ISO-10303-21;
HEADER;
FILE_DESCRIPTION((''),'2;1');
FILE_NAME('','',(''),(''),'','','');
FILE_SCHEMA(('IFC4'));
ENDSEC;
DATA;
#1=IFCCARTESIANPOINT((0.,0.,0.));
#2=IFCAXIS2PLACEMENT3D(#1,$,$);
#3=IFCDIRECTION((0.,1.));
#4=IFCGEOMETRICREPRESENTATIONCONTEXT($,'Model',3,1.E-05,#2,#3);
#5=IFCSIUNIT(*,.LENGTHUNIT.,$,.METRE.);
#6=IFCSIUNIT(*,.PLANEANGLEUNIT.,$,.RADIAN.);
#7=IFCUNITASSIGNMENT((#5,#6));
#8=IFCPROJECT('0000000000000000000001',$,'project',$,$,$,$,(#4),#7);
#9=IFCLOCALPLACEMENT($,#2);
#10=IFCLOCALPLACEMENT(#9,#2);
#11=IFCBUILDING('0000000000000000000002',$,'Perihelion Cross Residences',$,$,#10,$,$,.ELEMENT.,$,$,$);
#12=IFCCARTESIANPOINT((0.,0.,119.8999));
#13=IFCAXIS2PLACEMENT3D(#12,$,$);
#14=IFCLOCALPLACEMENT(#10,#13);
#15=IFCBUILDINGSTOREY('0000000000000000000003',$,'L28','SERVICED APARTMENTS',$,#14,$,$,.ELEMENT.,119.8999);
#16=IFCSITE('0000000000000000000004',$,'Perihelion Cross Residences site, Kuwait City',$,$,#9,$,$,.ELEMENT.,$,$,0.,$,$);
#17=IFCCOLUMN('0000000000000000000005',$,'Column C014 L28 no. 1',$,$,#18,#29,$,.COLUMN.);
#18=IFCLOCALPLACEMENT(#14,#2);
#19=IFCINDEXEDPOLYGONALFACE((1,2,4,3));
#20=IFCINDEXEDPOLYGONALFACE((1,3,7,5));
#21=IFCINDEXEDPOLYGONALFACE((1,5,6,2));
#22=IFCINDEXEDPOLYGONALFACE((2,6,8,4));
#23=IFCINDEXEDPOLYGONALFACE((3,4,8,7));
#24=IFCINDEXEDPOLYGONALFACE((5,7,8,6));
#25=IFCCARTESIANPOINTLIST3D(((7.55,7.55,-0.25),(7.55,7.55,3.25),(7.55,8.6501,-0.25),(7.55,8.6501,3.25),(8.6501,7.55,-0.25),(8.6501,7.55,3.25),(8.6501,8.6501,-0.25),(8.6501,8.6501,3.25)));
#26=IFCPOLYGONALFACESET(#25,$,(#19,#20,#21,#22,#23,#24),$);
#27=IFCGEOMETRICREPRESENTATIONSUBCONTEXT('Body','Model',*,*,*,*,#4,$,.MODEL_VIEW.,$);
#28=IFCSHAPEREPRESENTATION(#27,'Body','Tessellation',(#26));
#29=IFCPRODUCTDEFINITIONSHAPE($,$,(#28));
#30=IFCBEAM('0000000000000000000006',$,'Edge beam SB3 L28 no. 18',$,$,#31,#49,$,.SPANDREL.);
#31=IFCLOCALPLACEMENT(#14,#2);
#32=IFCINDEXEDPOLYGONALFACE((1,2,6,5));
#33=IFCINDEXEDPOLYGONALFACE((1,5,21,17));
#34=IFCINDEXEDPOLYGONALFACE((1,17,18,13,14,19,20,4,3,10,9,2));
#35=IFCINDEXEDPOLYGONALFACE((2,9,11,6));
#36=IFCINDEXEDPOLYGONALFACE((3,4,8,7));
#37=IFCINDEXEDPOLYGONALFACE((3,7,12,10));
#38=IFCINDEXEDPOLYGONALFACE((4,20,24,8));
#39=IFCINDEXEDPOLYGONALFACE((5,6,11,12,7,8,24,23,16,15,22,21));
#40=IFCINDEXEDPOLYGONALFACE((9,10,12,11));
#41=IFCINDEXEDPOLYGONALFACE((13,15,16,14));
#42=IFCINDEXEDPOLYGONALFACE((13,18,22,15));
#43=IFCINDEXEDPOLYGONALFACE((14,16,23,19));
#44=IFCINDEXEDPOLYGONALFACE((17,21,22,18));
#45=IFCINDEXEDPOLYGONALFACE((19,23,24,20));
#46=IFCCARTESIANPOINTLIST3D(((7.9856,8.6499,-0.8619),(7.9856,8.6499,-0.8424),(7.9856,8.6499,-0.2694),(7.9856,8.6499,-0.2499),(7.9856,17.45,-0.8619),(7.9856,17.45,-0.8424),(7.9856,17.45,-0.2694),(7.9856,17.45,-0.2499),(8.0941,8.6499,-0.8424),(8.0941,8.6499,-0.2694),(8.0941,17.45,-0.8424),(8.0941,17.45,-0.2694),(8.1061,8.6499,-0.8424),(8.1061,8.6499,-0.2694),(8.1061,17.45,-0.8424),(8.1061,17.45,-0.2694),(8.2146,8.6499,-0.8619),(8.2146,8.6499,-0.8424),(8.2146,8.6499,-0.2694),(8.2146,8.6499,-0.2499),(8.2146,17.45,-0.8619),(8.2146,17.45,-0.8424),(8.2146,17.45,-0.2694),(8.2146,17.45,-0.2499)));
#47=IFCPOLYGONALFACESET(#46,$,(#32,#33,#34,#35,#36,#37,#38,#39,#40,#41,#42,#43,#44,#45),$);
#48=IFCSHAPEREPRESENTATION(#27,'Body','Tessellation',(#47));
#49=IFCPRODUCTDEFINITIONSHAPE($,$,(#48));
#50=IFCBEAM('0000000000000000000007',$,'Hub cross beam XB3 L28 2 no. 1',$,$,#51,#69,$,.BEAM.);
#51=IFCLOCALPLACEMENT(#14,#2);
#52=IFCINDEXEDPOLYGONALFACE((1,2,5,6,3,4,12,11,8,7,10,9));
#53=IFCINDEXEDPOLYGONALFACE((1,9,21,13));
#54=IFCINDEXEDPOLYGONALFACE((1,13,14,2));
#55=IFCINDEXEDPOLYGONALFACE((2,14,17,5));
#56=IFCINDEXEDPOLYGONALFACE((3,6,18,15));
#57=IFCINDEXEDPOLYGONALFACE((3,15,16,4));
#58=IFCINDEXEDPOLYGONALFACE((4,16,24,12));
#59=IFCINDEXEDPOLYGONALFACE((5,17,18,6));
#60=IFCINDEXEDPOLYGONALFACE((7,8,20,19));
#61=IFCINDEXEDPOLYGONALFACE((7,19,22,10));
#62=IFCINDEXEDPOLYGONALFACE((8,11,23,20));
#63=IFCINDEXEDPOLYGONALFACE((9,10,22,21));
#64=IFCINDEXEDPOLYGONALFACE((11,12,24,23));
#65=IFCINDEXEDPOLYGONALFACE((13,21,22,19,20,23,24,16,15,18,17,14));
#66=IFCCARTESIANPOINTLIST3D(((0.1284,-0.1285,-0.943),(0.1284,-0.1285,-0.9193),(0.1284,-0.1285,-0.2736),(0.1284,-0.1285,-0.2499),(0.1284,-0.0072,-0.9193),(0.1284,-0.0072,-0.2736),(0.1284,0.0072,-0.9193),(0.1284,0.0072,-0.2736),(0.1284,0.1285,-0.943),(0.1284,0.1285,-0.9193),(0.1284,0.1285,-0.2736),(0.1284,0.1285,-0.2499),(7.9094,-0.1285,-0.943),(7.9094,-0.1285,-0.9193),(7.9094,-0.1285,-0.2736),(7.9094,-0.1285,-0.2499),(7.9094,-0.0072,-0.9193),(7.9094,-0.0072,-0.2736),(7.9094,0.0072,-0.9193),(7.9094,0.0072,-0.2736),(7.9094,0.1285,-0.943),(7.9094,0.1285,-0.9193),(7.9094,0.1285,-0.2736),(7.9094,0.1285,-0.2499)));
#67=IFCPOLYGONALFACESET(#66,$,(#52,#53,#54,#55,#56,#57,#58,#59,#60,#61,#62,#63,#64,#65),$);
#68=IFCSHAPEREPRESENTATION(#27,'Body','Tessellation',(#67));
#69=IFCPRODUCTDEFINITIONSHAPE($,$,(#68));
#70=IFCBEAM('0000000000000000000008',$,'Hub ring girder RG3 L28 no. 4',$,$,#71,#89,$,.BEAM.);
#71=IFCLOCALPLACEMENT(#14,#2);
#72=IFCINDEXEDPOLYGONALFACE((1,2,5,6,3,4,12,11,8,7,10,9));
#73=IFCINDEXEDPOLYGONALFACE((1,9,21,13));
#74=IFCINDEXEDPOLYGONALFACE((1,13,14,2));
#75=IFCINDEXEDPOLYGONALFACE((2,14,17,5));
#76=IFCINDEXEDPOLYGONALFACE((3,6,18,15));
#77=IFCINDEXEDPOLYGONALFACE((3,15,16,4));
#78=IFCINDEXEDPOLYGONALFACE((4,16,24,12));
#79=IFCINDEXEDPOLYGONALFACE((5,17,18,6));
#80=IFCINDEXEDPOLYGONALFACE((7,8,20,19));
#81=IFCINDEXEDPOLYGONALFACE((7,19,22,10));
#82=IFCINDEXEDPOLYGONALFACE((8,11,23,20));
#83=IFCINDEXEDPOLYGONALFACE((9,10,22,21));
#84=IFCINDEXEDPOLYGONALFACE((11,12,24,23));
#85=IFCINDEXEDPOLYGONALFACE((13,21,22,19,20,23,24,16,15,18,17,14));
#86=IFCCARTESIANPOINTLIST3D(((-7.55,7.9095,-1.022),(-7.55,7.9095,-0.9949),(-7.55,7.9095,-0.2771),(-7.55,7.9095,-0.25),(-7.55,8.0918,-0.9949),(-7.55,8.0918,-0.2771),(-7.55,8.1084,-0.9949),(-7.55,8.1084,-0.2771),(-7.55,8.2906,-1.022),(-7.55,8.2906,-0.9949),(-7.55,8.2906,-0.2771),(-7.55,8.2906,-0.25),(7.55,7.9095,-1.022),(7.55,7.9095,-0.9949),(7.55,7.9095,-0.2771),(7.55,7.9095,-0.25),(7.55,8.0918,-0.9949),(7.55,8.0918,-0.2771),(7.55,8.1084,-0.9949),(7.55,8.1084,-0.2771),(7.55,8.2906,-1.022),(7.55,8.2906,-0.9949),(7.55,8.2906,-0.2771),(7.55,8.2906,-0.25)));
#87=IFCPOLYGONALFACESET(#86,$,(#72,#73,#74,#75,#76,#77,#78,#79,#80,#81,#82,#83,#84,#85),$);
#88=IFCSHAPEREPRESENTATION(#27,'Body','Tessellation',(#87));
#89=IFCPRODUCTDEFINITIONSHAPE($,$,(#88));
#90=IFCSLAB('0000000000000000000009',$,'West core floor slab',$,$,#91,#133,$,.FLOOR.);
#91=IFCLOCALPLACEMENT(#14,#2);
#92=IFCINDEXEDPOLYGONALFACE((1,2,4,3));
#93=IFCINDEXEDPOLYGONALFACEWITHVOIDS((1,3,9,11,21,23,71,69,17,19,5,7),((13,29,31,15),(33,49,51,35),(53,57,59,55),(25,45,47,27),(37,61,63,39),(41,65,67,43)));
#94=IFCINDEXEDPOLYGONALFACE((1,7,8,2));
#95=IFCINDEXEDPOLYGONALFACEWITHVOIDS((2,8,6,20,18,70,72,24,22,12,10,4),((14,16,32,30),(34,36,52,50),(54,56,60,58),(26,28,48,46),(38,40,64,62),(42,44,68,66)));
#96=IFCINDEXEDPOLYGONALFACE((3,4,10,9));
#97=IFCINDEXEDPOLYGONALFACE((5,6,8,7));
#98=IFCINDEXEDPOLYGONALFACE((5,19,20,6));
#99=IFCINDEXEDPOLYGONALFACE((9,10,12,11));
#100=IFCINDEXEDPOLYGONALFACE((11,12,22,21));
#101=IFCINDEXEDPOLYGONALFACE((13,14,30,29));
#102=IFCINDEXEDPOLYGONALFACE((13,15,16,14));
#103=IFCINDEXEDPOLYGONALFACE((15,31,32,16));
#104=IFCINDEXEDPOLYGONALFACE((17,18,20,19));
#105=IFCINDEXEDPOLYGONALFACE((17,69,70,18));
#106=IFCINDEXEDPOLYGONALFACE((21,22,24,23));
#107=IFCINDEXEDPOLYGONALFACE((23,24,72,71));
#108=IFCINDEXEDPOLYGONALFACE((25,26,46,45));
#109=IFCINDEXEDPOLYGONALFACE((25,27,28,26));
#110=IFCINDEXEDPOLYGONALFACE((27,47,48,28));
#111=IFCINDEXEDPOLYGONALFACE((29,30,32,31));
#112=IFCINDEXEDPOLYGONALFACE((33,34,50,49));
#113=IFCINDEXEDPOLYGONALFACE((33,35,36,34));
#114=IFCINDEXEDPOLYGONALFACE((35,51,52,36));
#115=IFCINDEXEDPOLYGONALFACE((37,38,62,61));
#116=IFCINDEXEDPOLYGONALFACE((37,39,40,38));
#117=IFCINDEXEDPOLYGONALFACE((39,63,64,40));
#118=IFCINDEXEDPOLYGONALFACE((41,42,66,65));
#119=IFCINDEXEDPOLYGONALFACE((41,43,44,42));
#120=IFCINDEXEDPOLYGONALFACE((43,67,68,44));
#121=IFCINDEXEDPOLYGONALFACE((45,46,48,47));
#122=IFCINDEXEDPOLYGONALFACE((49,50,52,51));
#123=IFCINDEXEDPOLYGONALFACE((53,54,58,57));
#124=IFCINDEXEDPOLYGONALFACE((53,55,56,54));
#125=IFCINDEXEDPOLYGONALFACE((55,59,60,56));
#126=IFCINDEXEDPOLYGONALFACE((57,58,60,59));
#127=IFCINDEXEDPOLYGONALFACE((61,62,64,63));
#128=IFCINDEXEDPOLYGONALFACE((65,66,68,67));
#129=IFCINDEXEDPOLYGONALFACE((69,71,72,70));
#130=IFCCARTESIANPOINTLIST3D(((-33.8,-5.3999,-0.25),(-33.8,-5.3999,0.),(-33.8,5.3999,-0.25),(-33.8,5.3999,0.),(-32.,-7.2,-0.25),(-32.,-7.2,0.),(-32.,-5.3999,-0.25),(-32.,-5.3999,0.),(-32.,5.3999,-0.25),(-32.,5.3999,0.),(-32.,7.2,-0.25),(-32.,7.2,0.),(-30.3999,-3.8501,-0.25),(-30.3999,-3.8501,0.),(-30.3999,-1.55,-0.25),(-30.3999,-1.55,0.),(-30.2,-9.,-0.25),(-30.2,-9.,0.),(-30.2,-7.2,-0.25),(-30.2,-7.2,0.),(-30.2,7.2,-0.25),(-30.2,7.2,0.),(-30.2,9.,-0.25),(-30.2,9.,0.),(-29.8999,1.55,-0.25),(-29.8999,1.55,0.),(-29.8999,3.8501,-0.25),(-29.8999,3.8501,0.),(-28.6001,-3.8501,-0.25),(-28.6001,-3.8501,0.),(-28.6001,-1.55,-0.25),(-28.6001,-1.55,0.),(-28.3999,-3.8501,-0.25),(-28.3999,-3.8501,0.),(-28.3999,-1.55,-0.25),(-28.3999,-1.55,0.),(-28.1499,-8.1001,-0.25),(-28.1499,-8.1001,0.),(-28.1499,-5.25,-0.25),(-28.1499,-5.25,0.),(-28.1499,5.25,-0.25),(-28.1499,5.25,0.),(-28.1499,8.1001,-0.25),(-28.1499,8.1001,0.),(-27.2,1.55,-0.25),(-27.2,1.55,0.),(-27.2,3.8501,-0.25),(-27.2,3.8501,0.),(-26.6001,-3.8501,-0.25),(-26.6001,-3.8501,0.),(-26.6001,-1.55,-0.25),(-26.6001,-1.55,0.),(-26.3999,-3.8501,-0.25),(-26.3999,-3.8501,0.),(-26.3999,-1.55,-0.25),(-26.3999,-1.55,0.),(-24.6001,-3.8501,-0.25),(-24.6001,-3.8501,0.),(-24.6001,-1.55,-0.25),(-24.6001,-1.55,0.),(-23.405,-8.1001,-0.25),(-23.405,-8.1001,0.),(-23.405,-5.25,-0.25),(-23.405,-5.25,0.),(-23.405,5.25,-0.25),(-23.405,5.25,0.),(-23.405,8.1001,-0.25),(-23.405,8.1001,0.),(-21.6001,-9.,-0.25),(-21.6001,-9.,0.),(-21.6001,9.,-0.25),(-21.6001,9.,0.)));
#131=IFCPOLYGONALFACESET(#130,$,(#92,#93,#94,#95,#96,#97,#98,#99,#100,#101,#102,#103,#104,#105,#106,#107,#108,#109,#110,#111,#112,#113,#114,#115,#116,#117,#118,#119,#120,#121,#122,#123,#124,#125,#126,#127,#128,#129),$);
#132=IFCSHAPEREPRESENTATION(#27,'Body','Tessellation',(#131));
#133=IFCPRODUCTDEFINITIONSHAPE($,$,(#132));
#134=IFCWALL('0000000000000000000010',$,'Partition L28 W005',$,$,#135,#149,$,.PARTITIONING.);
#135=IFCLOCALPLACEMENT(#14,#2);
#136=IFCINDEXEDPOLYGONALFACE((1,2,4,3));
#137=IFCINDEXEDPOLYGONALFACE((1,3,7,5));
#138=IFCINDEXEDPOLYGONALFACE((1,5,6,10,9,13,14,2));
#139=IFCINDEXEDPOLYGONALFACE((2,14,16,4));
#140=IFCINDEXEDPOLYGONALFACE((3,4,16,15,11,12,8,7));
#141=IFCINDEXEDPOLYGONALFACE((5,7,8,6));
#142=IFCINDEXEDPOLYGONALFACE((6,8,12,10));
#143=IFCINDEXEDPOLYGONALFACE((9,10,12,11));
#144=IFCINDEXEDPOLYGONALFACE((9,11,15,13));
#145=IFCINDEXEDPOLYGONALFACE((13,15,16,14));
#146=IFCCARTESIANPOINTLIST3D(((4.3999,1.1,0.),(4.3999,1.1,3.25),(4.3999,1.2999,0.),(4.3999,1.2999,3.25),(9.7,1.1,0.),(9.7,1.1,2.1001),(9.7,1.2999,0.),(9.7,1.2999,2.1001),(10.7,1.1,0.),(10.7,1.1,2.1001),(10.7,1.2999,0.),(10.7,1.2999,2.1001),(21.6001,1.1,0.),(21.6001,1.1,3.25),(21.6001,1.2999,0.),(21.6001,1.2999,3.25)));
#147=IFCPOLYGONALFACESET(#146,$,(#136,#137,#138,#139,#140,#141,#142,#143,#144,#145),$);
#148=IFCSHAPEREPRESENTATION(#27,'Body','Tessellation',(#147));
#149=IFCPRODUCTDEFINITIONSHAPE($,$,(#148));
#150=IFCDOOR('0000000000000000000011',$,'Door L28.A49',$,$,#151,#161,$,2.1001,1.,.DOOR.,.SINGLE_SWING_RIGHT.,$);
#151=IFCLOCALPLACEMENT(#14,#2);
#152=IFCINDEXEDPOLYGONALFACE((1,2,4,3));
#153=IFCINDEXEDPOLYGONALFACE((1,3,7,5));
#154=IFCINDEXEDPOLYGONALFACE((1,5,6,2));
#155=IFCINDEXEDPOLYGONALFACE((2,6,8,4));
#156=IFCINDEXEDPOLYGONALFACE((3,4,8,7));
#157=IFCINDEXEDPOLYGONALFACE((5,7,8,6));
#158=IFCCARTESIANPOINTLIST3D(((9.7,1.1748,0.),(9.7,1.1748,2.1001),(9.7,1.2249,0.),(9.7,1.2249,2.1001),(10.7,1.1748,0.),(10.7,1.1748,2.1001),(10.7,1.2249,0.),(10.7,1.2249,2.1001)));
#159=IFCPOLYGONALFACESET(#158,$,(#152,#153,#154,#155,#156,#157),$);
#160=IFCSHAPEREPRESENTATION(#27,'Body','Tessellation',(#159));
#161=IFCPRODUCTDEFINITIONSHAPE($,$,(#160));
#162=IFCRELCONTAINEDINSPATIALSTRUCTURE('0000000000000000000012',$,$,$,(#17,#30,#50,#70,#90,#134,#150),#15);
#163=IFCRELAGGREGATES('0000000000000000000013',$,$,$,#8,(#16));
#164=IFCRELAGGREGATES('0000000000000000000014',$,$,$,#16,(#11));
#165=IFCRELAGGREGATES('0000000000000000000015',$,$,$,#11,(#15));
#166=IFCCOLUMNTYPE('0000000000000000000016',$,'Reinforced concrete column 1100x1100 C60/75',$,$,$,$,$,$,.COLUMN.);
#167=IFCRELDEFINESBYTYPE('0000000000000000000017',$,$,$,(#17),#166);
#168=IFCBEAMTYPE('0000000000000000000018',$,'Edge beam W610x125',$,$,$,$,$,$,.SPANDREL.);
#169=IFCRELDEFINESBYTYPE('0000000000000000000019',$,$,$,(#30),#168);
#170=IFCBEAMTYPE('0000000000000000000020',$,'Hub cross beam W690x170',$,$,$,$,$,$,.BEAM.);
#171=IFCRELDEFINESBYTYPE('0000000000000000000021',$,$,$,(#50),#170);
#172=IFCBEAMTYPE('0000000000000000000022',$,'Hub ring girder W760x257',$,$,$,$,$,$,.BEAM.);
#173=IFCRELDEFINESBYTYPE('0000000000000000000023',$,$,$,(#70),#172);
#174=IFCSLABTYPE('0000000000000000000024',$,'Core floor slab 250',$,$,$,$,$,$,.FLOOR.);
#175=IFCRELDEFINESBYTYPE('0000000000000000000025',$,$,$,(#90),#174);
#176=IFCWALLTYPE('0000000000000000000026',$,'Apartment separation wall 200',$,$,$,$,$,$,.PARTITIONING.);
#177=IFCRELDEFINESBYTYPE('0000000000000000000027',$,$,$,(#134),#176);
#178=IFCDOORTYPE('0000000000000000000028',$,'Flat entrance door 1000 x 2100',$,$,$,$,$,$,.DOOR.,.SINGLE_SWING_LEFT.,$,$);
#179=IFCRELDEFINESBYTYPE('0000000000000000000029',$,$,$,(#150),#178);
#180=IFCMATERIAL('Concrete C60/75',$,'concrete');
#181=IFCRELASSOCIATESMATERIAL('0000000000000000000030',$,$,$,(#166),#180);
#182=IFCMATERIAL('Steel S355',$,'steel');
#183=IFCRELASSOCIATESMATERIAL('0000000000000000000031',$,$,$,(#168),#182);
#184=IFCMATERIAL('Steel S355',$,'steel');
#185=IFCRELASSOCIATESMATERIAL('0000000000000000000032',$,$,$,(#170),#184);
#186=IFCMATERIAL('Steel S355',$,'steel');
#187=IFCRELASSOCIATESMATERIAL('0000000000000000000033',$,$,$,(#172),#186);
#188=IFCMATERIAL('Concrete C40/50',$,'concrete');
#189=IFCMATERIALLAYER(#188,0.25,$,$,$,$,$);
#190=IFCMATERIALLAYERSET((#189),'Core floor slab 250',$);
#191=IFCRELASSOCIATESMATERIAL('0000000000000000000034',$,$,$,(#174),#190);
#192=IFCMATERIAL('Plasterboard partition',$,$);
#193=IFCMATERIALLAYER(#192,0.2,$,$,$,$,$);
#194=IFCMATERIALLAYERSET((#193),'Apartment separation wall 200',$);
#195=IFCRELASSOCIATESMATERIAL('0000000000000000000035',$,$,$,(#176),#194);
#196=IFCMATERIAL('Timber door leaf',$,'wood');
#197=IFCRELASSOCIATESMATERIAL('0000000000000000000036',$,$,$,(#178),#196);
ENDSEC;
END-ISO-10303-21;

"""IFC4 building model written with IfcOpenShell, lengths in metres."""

from ifc_helpers import new_model, si_unit, direction, frame, frame_2d, origin, origin_2d, place, context, subcontext, project, spatial, polyline, rectangle, i_section, outline, extrude, material, layer, layer_set, material_profile, profile_set, type_object, element, fill, save


model = new_model("IFC4")

# Units and contexts
model_context = context("Model", 3, precision=1e-05, world=origin(), true_north=direction((0.0, 1.0)))
body_context = subcontext(model_context, "Body", "Model", "MODEL_VIEW")
ifc_project = project(units=[si_unit("LENGTHUNIT", "METRE"), si_unit("PLANEANGLEUNIT", "RADIAN")], contexts=[model_context])

# Site, building, storey
site_placement = place(None, origin())
site = spatial("IfcSite", under=ifc_project, at=site_placement, Name="Perihelion Cross Residences site, Kuwait City", CompositionType="ELEMENT", RefElevation=0.0)
building_placement = place(site_placement, origin())
building = spatial("IfcBuilding", under=site, at=building_placement, Name="Perihelion Cross Residences", CompositionType="ELEMENT")
storey_placement = place(building_placement, frame((0.0, 0.0, 119.8999)))
storey = spatial("IfcBuildingStorey", under=building, at=storey_placement, Name="L28", Description="SERVICED APARTMENTS", CompositionType="ELEMENT", Elevation=119.8999)

# Column
ifc_material_1 = material(Name="Concrete C60/75", Category="concrete")
ifc_material_profile_1 = material_profile(ifc_material_1, rectangle(XDim=1.1001, YDim=1.1001, at=origin_2d()), Name="RC 1100x1100")
ifc_profile_set_1 = profile_set([ifc_material_profile_1], Name="Concrete C60/75")
column_type = type_object("IfcColumnType", Name="Reinforced concrete column 1100x1100 C60/75", PredefinedType="COLUMN", material=ifc_profile_set_1)
column_placement = place(storey_placement, frame((8.1001, 8.1001, -0.25), z_axis=(0.0, 0.0, 1.0), x_axis=(1.0, 0.0, 0.0)))
element("IfcColumn", 1, at=column_placement, inside=storey, type_object=column_type, Name="Column C014 L28 no. 1", PredefinedType="COLUMN", context=body_context, shape_type="SweptSolid", body=[
    extrude(rectangle(XDim=1.1001, YDim=1.1001, at=origin_2d()), origin(), (0.0, 0.0, 1.0), 3.5),
])

# Beams
ifc_material_2 = material(Name="Steel S355", Category="steel")
ifc_material_profile_2 = material_profile(ifc_material_2, i_section(OverallWidth=0.229, OverallDepth=0.6121, WebThickness=0.012, FlangeThickness=0.0195, at=origin_2d()), Name="W610x125")
ifc_profile_set_2 = profile_set([ifc_material_profile_2], Name="Steel S355")
beam_type_1 = type_object("IfcBeamType", Name="Edge beam W610x125", PredefinedType="SPANDREL", material=ifc_profile_set_2)
beam_1_placement = place(storey_placement, frame((8.1001, 8.6499, -0.5559), z_axis=(0.0, 1.0, 0.0), x_axis=(-1.0, 0.0, 0.0)))
element("IfcBeam", 2, at=beam_1_placement, inside=storey, type_object=beam_type_1, Name="Edge beam SB3 L28 no. 18", PredefinedType="SPANDREL", context=body_context, shape_type="SweptSolid", body=[
    extrude(i_section(OverallWidth=0.229, OverallDepth=0.6121, WebThickness=0.012, FlangeThickness=0.0195, at=origin_2d()), origin(), (0.0, 0.0, 1.0), 8.8),
])
ifc_material_3 = material(Name="Steel S355", Category="steel")
ifc_material_profile_3 = material_profile(ifc_material_3, i_section(OverallWidth=0.2571, OverallDepth=0.6931, WebThickness=0.0144, FlangeThickness=0.0237, at=origin_2d()), Name="W690x170")
ifc_profile_set_3 = profile_set([ifc_material_profile_3], Name="Steel S355")
beam_type_2 = type_object("IfcBeamType", Name="Hub cross beam W690x170", PredefinedType="BEAM", material=ifc_profile_set_3)
beam_2_placement = place(storey_placement, frame((0.1284, 0.0, -0.5964), z_axis=(1.0, 0.0, 0.0), x_axis=(0.0, 1.0, 0.0)))
element("IfcBeam", 3, at=beam_2_placement, inside=storey, type_object=beam_type_2, Name="Hub cross beam XB3 L28 2 no. 1", PredefinedType="BEAM", context=body_context, shape_type="SweptSolid", body=[
    extrude(i_section(OverallWidth=0.2571, OverallDepth=0.6931, WebThickness=0.0144, FlangeThickness=0.0237, at=origin_2d()), origin(), (0.0, 0.0, 1.0), 7.781),
])
ifc_material_4 = material(Name="Steel S355", Category="steel")
ifc_material_profile_4 = material_profile(ifc_material_4, i_section(OverallWidth=0.3811, OverallDepth=0.772, WebThickness=0.0166, FlangeThickness=0.0271, at=origin_2d()), Name="W760x257")
ifc_profile_set_4 = profile_set([ifc_material_profile_4], Name="Steel S355")
beam_type_3 = type_object("IfcBeamType", Name="Hub ring girder W760x257", PredefinedType="BEAM", material=ifc_profile_set_4)
beam_3_placement = place(storey_placement, frame((7.55, 8.1001, -0.636), z_axis=(-1.0, 0.0, 0.0), x_axis=(0.0, -1.0, 0.0)))
element("IfcBeam", 4, at=beam_3_placement, inside=storey, type_object=beam_type_3, Name="Hub ring girder RG3 L28 no. 4", PredefinedType="BEAM", context=body_context, shape_type="SweptSolid", body=[
    extrude(i_section(OverallWidth=0.3811, OverallDepth=0.772, WebThickness=0.0166, FlangeThickness=0.0271, at=origin_2d()), origin(), (0.0, 0.0, 1.0), 15.1001),
])

# Slab
ifc_material_5 = material(Name="Concrete C40/50", Category="concrete")
ifc_layer_1 = layer(ifc_material_5, 0.25)
ifc_layer_set_1 = layer_set([ifc_layer_1], Name="Core floor slab 250")
slab_type = type_object("IfcSlabType", Name="Core floor slab 250", PredefinedType="FLOOR", material=ifc_layer_set_1)
slab_placement = place(storey_placement, frame((0.0, 0.0, -0.25)))
element("IfcSlab", 5, at=slab_placement, inside=storey, type_object=slab_type, Name="West core floor slab", PredefinedType="FLOOR", context=body_context, shape_type="SweptSolid", body=[
    extrude(outline(polyline([(-30.2, 7.2), (-32.0, 7.2), (-32.0, 5.3999), (-33.8, 5.3999), (-33.8, -5.3999), (-32.0, -5.3999), (-32.0, -7.2), (-30.2, -7.2), (-30.2, -9.0), (-21.6001, -9.0), (-21.6001, 9.0), (-30.2, 9.0), (-30.2, 7.2)]), holes=[polyline([(-28.1499, -8.1001), (-28.1499, -5.25), (-23.405, -5.25), (-23.405, -8.1001), (-28.1499, -8.1001)]), polyline([(-24.6001, -1.55), (-24.6001, -3.8501), (-26.3999, -3.8501), (-26.3999, -1.55), (-24.6001, -1.55)]), polyline([(-26.6001, -1.55), (-26.6001, -3.8501), (-28.3999, -3.8501), (-28.3999, -1.55), (-26.6001, -1.55)]), polyline([(-28.6001, -3.8501), (-30.3999, -3.8501), (-30.3999, -1.55), (-28.6001, -1.55), (-28.6001, -3.8501)]), polyline([(-27.2, 3.8501), (-27.2, 1.55), (-29.8999, 1.55), (-29.8999, 3.8501), (-27.2, 3.8501)]), polyline([(-23.405, 5.25), (-28.1499, 5.25), (-28.1499, 8.1001), (-23.405, 8.1001), (-23.405, 5.25)])]), origin(), (0.0, 0.0, 1.0), 0.25),
])

# Wall, opening, door
ifc_material_6 = material(Name="Plasterboard partition")
ifc_layer_2 = layer(ifc_material_6, 0.2)
ifc_layer_set_2 = layer_set([ifc_layer_2], Name="Apartment separation wall 200")
wall_type_1 = type_object("IfcWallType", Name="Apartment separation wall 200", PredefinedType="PARTITIONING", material=ifc_layer_set_2)
wall_1_placement = place(storey_placement, frame((4.3999, 1.2, 0.0), z_axis=(0.0, 0.0, 1.0), x_axis=(1.0, 0.0, 0.0)))
wall_1 = element("IfcWall", 6, at=wall_1_placement, inside=storey, type_object=wall_type_1, Name="Partition L28 W005", PredefinedType="PARTITIONING", context=body_context, shape_type="SweptSolid", body=[
    extrude(rectangle(XDim=17.2002, YDim=0.2, at=frame_2d((8.6001, 0.0))), origin(), (0.0, 0.0, 1.0), 3.25),
])
opening_1_placement = place(wall_1_placement, frame((5.3, 0.0, 0.0)))
opening_1 = element("IfcOpeningElement", 7, at=opening_1_placement, cuts=wall_1, PredefinedType="OPENING", context=body_context, shape_type="SweptSolid", body=[
    extrude(rectangle(XDim=1.0, YDim=2.1001, at=frame_2d((0.5, 1.05))), frame((0.0, 0.1099, 0.0), z_axis=(0.0, -1.0, 0.0), x_axis=(1.0, 0.0, 0.0)), (0.0, 0.0, 1.0), 0.22),
])
ifc_material_7 = material(Name="Timber door leaf", Category="wood")
door_type_1 = type_object("IfcDoorType", Name="Flat entrance door 1000 x 2100", OperationType="SINGLE_SWING_LEFT", PredefinedType="DOOR", material=ifc_material_7)
door_1_placement = place(opening_1_placement, origin())
door_1 = element("IfcDoor", 8, at=door_1_placement, inside=storey, type_object=door_type_1, Name="Door L28.A49", OperationType="SINGLE_SWING_RIGHT", OverallHeight=2.1001, OverallWidth=1.0, PredefinedType="DOOR", context=body_context, shape_type="SweptSolid", body=[
    extrude(rectangle(XDim=1.0, YDim=2.1001, at=frame_2d((0.5, 1.05))), frame((0.0, 0.0249, 0.0), z_axis=(0.0, -1.0, 0.0), x_axis=(1.0, 0.0, 0.0)), (0.0, 0.0, 1.0), 0.05),
])
fill(opening_1, door_1)

save(model, "model.ifc")
